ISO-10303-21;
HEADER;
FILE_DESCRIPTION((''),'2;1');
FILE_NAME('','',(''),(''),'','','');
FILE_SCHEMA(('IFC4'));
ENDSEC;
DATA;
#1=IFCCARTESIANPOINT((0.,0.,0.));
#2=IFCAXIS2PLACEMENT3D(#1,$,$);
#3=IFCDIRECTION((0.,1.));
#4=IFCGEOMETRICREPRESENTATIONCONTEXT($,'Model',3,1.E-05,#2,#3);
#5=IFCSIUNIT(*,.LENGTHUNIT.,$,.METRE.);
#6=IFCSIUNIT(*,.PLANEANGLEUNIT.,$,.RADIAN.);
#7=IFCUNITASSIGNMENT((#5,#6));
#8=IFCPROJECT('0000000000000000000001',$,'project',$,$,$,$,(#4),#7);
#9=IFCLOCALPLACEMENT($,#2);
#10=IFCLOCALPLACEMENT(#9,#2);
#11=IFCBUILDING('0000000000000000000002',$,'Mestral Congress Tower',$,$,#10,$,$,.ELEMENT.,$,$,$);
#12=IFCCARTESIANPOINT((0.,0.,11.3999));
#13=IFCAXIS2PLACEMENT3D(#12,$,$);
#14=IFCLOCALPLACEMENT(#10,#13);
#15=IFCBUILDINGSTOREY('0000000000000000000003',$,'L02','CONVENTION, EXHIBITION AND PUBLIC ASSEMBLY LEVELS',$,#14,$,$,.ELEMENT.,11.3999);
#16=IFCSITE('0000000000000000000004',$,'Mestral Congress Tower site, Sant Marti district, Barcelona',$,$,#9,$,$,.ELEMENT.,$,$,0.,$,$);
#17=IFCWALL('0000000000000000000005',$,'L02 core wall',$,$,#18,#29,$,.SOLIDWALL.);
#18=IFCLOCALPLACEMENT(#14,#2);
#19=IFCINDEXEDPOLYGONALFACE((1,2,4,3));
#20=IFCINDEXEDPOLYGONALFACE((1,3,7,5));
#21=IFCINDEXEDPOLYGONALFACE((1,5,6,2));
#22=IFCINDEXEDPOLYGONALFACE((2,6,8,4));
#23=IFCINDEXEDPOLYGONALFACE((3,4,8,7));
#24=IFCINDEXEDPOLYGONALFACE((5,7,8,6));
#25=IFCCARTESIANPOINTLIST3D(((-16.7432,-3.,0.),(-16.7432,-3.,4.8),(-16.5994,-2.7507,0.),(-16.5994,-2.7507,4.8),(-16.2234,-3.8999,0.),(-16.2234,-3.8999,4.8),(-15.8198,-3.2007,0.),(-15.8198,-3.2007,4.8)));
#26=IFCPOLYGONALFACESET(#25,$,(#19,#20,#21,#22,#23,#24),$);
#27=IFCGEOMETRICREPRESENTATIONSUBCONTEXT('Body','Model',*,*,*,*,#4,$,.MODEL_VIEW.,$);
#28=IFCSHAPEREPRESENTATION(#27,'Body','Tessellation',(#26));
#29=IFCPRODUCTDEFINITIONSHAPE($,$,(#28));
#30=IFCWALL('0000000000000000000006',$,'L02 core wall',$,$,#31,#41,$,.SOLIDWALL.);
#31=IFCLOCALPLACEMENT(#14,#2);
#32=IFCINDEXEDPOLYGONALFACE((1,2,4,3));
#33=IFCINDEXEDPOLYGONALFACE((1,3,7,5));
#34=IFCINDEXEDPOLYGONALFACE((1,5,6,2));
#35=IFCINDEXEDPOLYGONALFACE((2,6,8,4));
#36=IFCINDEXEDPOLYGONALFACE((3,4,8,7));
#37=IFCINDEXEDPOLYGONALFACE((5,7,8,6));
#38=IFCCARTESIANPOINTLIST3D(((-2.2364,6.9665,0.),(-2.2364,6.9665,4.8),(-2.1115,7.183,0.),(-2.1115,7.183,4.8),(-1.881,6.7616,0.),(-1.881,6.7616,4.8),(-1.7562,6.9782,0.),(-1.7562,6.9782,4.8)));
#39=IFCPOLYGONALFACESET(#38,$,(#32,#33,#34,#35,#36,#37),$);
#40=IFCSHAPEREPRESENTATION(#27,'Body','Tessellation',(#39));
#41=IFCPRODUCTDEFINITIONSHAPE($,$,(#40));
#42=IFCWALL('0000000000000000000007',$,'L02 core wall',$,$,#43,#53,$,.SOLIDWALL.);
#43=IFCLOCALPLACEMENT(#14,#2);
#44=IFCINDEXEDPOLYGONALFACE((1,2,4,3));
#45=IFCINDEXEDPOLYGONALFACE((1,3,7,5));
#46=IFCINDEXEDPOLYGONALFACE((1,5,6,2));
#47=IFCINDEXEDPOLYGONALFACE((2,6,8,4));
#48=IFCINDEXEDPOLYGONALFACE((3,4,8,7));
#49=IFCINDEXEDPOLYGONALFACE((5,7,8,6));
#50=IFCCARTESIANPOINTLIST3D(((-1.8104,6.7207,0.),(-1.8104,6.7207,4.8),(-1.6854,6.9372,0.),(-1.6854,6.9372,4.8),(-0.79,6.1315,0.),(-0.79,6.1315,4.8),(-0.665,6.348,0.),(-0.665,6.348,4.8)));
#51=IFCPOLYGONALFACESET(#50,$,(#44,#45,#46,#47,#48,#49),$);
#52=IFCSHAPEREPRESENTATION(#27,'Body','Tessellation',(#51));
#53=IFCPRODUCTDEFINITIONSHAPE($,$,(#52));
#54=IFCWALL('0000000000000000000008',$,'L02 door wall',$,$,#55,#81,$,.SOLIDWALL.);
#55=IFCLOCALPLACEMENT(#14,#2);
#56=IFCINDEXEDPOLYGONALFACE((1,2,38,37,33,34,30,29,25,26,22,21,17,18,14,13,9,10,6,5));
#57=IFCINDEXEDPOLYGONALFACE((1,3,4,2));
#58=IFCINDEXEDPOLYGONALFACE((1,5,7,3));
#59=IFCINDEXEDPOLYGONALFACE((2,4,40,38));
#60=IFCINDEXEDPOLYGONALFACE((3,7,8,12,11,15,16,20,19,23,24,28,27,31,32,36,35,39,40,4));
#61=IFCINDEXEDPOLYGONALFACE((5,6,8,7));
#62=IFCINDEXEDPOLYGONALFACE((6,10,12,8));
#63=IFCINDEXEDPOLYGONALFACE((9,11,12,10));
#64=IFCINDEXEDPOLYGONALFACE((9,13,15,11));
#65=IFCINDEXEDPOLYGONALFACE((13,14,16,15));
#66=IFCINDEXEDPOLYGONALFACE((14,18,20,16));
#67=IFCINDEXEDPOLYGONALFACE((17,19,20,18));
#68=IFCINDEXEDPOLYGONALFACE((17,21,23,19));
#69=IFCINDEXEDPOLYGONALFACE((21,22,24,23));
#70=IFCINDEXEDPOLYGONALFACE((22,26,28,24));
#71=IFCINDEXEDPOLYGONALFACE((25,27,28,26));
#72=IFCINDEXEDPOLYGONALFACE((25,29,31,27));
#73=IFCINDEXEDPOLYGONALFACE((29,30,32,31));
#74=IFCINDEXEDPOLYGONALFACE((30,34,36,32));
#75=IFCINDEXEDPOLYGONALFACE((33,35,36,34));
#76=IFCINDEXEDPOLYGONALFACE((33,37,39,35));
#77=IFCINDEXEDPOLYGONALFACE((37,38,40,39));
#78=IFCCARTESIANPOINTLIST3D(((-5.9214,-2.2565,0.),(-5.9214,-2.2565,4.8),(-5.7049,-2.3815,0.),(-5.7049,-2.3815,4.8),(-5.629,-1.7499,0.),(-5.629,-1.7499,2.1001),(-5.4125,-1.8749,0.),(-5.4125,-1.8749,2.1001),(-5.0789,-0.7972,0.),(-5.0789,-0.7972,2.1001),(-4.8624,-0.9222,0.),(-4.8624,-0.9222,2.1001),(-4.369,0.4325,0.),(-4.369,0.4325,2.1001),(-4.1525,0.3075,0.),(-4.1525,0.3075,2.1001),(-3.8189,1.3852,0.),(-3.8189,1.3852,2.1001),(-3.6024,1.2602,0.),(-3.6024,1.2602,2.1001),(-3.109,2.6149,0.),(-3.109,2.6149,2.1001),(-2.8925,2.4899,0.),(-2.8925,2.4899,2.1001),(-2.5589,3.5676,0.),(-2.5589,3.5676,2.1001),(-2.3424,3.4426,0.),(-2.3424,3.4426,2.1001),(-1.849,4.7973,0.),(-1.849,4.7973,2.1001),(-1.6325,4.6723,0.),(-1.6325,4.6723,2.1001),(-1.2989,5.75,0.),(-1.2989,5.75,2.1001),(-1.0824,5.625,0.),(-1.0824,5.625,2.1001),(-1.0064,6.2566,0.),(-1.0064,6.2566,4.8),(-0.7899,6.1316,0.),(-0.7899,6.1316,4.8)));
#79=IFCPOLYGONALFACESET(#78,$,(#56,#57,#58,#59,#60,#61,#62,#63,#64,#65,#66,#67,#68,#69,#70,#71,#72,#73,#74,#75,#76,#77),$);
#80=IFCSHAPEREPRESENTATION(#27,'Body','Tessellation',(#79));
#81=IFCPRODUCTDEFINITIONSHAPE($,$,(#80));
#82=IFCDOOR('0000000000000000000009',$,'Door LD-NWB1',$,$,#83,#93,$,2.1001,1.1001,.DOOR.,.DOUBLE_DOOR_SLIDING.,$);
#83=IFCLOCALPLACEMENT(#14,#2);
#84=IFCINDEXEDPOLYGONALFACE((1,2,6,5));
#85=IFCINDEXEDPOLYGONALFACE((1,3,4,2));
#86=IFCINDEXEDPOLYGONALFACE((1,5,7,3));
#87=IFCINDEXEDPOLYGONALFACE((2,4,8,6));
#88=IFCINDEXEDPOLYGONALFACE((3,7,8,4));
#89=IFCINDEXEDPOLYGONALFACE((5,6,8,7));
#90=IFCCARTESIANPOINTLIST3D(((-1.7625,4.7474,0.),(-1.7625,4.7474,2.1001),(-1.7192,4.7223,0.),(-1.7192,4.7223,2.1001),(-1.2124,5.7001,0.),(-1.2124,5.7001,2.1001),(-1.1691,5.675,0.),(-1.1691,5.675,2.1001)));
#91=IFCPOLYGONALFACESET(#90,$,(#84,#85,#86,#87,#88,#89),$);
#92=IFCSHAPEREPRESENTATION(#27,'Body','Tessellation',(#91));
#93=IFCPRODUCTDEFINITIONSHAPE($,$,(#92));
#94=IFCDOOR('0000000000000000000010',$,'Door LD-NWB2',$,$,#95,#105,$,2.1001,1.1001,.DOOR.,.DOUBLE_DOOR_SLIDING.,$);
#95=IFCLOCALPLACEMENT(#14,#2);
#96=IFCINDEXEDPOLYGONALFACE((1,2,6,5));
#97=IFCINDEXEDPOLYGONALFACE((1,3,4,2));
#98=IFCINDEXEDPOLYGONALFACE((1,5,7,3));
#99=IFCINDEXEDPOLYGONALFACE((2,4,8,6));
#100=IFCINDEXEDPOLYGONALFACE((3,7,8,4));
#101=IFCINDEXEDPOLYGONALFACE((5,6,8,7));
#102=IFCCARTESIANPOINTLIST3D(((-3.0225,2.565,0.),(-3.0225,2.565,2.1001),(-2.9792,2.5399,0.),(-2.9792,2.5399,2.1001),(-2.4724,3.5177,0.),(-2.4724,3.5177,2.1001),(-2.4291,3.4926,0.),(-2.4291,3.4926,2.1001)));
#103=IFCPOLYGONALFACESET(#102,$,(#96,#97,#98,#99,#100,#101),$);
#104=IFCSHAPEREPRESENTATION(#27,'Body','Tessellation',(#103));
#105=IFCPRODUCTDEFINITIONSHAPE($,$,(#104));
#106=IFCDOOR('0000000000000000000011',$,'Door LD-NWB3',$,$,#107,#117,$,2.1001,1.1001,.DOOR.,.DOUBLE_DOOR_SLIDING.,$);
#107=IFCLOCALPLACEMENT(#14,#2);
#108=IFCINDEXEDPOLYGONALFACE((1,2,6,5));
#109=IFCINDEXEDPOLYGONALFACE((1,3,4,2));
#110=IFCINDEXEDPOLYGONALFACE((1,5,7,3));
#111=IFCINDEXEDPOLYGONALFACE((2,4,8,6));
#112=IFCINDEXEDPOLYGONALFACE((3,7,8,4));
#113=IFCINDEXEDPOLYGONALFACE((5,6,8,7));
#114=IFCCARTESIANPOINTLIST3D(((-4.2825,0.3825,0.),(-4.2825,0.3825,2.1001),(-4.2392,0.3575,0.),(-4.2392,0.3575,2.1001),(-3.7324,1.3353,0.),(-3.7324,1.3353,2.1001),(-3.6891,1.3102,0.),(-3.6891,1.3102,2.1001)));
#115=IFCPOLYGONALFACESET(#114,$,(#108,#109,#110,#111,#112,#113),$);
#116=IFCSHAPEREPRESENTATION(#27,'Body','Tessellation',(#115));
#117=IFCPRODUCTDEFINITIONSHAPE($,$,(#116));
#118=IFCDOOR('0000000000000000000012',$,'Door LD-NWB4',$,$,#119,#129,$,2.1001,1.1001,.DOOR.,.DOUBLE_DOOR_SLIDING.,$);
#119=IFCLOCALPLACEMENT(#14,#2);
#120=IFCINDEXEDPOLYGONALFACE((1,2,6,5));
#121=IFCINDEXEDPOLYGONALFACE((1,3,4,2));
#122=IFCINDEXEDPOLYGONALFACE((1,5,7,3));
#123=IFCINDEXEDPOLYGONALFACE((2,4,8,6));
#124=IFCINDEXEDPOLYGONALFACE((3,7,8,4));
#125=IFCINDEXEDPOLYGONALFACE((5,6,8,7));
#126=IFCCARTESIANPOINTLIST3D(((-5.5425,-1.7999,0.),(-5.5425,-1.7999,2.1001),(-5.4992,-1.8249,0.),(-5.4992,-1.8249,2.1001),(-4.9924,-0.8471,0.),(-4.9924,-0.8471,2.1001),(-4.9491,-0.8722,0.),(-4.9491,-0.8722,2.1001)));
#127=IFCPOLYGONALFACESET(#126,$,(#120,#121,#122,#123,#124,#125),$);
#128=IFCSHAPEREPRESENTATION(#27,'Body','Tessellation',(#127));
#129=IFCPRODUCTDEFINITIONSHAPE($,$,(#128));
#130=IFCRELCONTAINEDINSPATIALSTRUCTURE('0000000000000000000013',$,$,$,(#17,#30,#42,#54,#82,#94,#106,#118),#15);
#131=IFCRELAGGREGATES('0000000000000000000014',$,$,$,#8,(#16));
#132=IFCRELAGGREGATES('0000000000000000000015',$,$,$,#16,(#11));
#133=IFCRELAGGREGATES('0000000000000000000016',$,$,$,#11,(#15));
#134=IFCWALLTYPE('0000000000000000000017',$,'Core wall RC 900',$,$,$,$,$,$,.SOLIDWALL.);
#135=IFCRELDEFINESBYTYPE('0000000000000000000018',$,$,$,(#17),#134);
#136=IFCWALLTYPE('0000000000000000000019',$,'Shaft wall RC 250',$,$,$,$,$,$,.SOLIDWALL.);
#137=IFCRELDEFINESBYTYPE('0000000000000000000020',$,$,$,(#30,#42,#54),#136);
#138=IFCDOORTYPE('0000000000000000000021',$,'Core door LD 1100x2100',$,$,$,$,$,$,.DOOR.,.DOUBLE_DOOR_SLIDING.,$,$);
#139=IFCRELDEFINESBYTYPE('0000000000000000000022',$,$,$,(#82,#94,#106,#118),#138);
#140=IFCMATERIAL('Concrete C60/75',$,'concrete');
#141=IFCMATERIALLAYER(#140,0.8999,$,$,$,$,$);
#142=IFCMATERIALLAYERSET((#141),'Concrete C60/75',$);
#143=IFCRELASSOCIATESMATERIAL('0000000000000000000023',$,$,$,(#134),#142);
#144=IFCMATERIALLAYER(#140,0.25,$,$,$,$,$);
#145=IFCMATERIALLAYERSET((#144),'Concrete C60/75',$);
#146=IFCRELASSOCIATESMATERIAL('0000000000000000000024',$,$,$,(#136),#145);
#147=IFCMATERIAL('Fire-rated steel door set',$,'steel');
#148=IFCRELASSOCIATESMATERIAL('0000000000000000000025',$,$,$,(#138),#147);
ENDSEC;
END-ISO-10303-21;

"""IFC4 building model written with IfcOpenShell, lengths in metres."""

from ifc_helpers import new_model, si_unit, direction, frame, frame_2d, origin, place, context, subcontext, project, spatial, polyline, rectangle, outline, extrude, material, layer, layer_set, type_object, element, fill, save


model = new_model("IFC4")

# Units and contexts
model_context = context("Model", 3, precision=1e-05, world=origin(), true_north=direction((0.0, 1.0)))
body_context = subcontext(model_context, "Body", "Model", "MODEL_VIEW")
ifc_project = project(units=[si_unit("LENGTHUNIT", "METRE"), si_unit("PLANEANGLEUNIT", "RADIAN")], contexts=[model_context])

# Site, building, storey
site_placement = place(None, origin())
site = spatial("IfcSite", under=ifc_project, at=site_placement, Name="Mestral Congress Tower site, Sant Marti district, Barcelona", CompositionType="ELEMENT", RefElevation=0.0)
building_placement = place(site_placement, origin())
building = spatial("IfcBuilding", under=site, at=building_placement, Name="Mestral Congress Tower", CompositionType="ELEMENT")
storey_placement = place(building_placement, frame((0.0, 0.0, 11.3999)))
storey = spatial("IfcBuildingStorey", under=building, at=storey_placement, Name="L02", Description="CONVENTION, EXHIBITION AND PUBLIC ASSEMBLY LEVELS", CompositionType="ELEMENT", Elevation=11.3999)

# Shared definitions
ifc_material_1 = material(Name="Concrete C60/75", Category="concrete")

# Shared definitions
placement_1 = place(storey_placement, origin())

# Shared definitions
ifc_material_2 = material(Name="Fire-rated steel door set", Category="steel")

# Walls
ifc_layer_1 = layer(ifc_material_1, 0.8999)
ifc_layer_set_1 = layer_set([ifc_layer_1], Name="Concrete C60/75")
wall_type_1 = type_object("IfcWallType", Name="Core wall RC 900", PredefinedType="SOLIDWALL", material=ifc_layer_set_1)
element("IfcWall", 1, at=placement_1, inside=storey, type_object=wall_type_1, Name="L02 core wall", PredefinedType="SOLIDWALL", context=body_context, shape_type="SweptSolid", body=[
    extrude(outline(polyline([(-15.8198, -3.2007), (-16.2234, -3.8999), (-16.7432, -3.0), (-16.5994, -2.7507), (-15.8198, -3.2007)])), origin(), (0.0, 0.0, 1.0), 4.8),
])
ifc_layer_2 = layer(ifc_material_1, 0.25)
ifc_layer_set_2 = layer_set([ifc_layer_2], Name="Concrete C60/75")
wall_type_2 = type_object("IfcWallType", Name="Shaft wall RC 250", PredefinedType="SOLIDWALL", material=ifc_layer_set_2)
wall_1_placement = place(storey_placement, frame((-1.8186, 6.8699, 0.0), z_axis=(0.0, 0.0, 1.0), x_axis=(-0.866295, 0.499533, 0.0)))
element("IfcWall", 2, at=wall_1_placement, inside=storey, type_object=wall_type_2, Name="L02 core wall", PredefinedType="SOLIDWALL", context=body_context, shape_type="SweptSolid", body=[
    extrude(rectangle(XDim=0.4102, YDim=0.25, at=frame_2d((0.2051, 0.0))), origin(), (0.0, 0.0, 1.0), 4.8),
])
wall_2_placement = place(storey_placement, frame((-0.7275, 6.2397, 0.0), z_axis=(0.0, 0.0, 1.0), x_axis=(-0.866003, 0.500039, 0.0)))
element("IfcWall", 3, at=wall_2_placement, inside=storey, type_object=wall_type_2, Name="L02 core wall", PredefinedType="SOLIDWALL", context=body_context, shape_type="SweptSolid", body=[
    extrude(rectangle(XDim=1.1782, YDim=0.25, at=frame_2d((0.5891, 0.0))), origin(), (0.0, 0.0, 1.0), 4.8),
])

# Wall, openings, doors
wall_3_placement = place(storey_placement, frame((-0.8982, 6.1941, 0.0), z_axis=(0.0, 0.0, 1.0), x_axis=(-0.499996, -0.866028, 0.0)))
wall_3 = element("IfcWall", 4, at=wall_3_placement, inside=storey, type_object=wall_type_2, Name="L02 door wall", PredefinedType="SOLIDWALL", context=body_context, shape_type="SweptSolid", body=[
    extrude(rectangle(XDim=9.8301, YDim=0.25, at=frame_2d((4.915, 0.0))), origin(), (0.0, 0.0, 1.0), 4.8),
])
opening_1_placement = place(wall_3_placement, frame((0.585, 0.0, 0.0)))
opening_1 = element("IfcOpeningElement", 5, at=opening_1_placement, cuts=wall_3, PredefinedType="OPENING", context=body_context, shape_type="SweptSolid", body=[
    extrude(rectangle(XDim=1.1001, YDim=2.1001, at=frame_2d((0.55, 1.05))), frame((0.0, 0.135, 0.0), z_axis=(0.0, -1.0, 0.0), x_axis=(1.0, 0.0, 0.0)), (0.0, 0.0, 1.0), 0.27),
])
opening_2_placement = place(wall_3_placement, frame((3.105, 0.0, 0.0)))
opening_2 = element("IfcOpeningElement", 6, at=opening_2_placement, cuts=wall_3, PredefinedType="OPENING", context=body_context, shape_type="SweptSolid", body=[
    extrude(rectangle(XDim=1.1001, YDim=2.1001, at=frame_2d((0.55, 1.05))), frame((0.0, 0.135, 0.0), z_axis=(0.0, -1.0, 0.0), x_axis=(1.0, 0.0, 0.0)), (0.0, 0.0, 1.0), 0.27),
])
opening_3_placement = place(wall_3_placement, frame((5.625, 0.0, 0.0)))
opening_3 = element("IfcOpeningElement", 7, at=opening_3_placement, cuts=wall_3, PredefinedType="OPENING", context=body_context, shape_type="SweptSolid", body=[
    extrude(rectangle(XDim=1.1001, YDim=2.1001, at=frame_2d((0.55, 1.05))), frame((0.0, 0.135, 0.0), z_axis=(0.0, -1.0, 0.0), x_axis=(1.0, 0.0, 0.0)), (0.0, 0.0, 1.0), 0.27),
])
opening_4_placement = place(wall_3_placement, frame((8.145, 0.0, 0.0)))
opening_4 = element("IfcOpeningElement", 8, at=opening_4_placement, cuts=wall_3, PredefinedType="OPENING", context=body_context, shape_type="SweptSolid", body=[
    extrude(rectangle(XDim=1.1001, YDim=2.1001, at=frame_2d((0.55, 1.05))), frame((0.0, 0.135, 0.0), z_axis=(0.0, -1.0, 0.0), x_axis=(1.0, 0.0, 0.0)), (0.0, 0.0, 1.0), 0.27),
])
door_type_1 = type_object("IfcDoorType", Name="Core door LD 1100x2100", OperationType="DOUBLE_DOOR_SLIDING", PredefinedType="DOOR", material=ifc_material_2)
door_1_placement = place(opening_1_placement, origin())
door_1 = element("IfcDoor", 9, at=door_1_placement, inside=storey, type_object=door_type_1, Name="Door LD-NWB1", OperationType="DOUBLE_DOOR_SLIDING", OverallHeight=2.1001, OverallWidth=1.1001, PredefinedType="DOOR", context=body_context, shape_type="SweptSolid", body=[
    extrude(rectangle(XDim=1.1001, YDim=2.1001, at=frame_2d((0.55, 1.05))), frame((0.0, 0.0249, 0.0), z_axis=(0.0, -1.0, 0.0), x_axis=(1.0, 0.0, 0.0)), (0.0, 0.0, 1.0), 0.05),
])
fill(opening_1, door_1)
door_2_placement = place(opening_2_placement, origin())
door_2 = element("IfcDoor", 10, at=door_2_placement, inside=storey, type_object=door_type_1, Name="Door LD-NWB2", OperationType="DOUBLE_DOOR_SLIDING", OverallHeight=2.1001, OverallWidth=1.1001, PredefinedType="DOOR", context=body_context, shape_type="SweptSolid", body=[
    extrude(rectangle(XDim=1.1001, YDim=2.1001, at=frame_2d((0.55, 1.05))), frame((0.0, 0.0249, 0.0), z_axis=(0.0, -1.0, 0.0), x_axis=(1.0, 0.0, 0.0)), (0.0, 0.0, 1.0), 0.05),
])
fill(opening_2, door_2)
door_3_placement = place(opening_3_placement, origin())
door_3 = element("IfcDoor", 11, at=door_3_placement, inside=storey, type_object=door_type_1, Name="Door LD-NWB3", OperationType="DOUBLE_DOOR_SLIDING", OverallHeight=2.1001, OverallWidth=1.1001, PredefinedType="DOOR", context=body_context, shape_type="SweptSolid", body=[
    extrude(rectangle(XDim=1.1001, YDim=2.1001, at=frame_2d((0.55, 1.05))), frame((0.0, 0.0249, 0.0), z_axis=(0.0, -1.0, 0.0), x_axis=(1.0, 0.0, 0.0)), (0.0, 0.0, 1.0), 0.05),
])
fill(opening_3, door_3)
door_4_placement = place(opening_4_placement, origin())
door_4 = element("IfcDoor", 12, at=door_4_placement, inside=storey, type_object=door_type_1, Name="Door LD-NWB4", OperationType="DOUBLE_DOOR_SLIDING", OverallHeight=2.1001, OverallWidth=1.1001, PredefinedType="DOOR", context=body_context, shape_type="SweptSolid", body=[
    extrude(rectangle(XDim=1.1001, YDim=2.1001, at=frame_2d((0.55, 1.05))), frame((0.0, 0.0249, 0.0), z_axis=(0.0, -1.0, 0.0), x_axis=(1.0, 0.0, 0.0)), (0.0, 0.0, 1.0), 0.05),
])
fill(opening_4, door_4)

save(model, "model.ifc")
